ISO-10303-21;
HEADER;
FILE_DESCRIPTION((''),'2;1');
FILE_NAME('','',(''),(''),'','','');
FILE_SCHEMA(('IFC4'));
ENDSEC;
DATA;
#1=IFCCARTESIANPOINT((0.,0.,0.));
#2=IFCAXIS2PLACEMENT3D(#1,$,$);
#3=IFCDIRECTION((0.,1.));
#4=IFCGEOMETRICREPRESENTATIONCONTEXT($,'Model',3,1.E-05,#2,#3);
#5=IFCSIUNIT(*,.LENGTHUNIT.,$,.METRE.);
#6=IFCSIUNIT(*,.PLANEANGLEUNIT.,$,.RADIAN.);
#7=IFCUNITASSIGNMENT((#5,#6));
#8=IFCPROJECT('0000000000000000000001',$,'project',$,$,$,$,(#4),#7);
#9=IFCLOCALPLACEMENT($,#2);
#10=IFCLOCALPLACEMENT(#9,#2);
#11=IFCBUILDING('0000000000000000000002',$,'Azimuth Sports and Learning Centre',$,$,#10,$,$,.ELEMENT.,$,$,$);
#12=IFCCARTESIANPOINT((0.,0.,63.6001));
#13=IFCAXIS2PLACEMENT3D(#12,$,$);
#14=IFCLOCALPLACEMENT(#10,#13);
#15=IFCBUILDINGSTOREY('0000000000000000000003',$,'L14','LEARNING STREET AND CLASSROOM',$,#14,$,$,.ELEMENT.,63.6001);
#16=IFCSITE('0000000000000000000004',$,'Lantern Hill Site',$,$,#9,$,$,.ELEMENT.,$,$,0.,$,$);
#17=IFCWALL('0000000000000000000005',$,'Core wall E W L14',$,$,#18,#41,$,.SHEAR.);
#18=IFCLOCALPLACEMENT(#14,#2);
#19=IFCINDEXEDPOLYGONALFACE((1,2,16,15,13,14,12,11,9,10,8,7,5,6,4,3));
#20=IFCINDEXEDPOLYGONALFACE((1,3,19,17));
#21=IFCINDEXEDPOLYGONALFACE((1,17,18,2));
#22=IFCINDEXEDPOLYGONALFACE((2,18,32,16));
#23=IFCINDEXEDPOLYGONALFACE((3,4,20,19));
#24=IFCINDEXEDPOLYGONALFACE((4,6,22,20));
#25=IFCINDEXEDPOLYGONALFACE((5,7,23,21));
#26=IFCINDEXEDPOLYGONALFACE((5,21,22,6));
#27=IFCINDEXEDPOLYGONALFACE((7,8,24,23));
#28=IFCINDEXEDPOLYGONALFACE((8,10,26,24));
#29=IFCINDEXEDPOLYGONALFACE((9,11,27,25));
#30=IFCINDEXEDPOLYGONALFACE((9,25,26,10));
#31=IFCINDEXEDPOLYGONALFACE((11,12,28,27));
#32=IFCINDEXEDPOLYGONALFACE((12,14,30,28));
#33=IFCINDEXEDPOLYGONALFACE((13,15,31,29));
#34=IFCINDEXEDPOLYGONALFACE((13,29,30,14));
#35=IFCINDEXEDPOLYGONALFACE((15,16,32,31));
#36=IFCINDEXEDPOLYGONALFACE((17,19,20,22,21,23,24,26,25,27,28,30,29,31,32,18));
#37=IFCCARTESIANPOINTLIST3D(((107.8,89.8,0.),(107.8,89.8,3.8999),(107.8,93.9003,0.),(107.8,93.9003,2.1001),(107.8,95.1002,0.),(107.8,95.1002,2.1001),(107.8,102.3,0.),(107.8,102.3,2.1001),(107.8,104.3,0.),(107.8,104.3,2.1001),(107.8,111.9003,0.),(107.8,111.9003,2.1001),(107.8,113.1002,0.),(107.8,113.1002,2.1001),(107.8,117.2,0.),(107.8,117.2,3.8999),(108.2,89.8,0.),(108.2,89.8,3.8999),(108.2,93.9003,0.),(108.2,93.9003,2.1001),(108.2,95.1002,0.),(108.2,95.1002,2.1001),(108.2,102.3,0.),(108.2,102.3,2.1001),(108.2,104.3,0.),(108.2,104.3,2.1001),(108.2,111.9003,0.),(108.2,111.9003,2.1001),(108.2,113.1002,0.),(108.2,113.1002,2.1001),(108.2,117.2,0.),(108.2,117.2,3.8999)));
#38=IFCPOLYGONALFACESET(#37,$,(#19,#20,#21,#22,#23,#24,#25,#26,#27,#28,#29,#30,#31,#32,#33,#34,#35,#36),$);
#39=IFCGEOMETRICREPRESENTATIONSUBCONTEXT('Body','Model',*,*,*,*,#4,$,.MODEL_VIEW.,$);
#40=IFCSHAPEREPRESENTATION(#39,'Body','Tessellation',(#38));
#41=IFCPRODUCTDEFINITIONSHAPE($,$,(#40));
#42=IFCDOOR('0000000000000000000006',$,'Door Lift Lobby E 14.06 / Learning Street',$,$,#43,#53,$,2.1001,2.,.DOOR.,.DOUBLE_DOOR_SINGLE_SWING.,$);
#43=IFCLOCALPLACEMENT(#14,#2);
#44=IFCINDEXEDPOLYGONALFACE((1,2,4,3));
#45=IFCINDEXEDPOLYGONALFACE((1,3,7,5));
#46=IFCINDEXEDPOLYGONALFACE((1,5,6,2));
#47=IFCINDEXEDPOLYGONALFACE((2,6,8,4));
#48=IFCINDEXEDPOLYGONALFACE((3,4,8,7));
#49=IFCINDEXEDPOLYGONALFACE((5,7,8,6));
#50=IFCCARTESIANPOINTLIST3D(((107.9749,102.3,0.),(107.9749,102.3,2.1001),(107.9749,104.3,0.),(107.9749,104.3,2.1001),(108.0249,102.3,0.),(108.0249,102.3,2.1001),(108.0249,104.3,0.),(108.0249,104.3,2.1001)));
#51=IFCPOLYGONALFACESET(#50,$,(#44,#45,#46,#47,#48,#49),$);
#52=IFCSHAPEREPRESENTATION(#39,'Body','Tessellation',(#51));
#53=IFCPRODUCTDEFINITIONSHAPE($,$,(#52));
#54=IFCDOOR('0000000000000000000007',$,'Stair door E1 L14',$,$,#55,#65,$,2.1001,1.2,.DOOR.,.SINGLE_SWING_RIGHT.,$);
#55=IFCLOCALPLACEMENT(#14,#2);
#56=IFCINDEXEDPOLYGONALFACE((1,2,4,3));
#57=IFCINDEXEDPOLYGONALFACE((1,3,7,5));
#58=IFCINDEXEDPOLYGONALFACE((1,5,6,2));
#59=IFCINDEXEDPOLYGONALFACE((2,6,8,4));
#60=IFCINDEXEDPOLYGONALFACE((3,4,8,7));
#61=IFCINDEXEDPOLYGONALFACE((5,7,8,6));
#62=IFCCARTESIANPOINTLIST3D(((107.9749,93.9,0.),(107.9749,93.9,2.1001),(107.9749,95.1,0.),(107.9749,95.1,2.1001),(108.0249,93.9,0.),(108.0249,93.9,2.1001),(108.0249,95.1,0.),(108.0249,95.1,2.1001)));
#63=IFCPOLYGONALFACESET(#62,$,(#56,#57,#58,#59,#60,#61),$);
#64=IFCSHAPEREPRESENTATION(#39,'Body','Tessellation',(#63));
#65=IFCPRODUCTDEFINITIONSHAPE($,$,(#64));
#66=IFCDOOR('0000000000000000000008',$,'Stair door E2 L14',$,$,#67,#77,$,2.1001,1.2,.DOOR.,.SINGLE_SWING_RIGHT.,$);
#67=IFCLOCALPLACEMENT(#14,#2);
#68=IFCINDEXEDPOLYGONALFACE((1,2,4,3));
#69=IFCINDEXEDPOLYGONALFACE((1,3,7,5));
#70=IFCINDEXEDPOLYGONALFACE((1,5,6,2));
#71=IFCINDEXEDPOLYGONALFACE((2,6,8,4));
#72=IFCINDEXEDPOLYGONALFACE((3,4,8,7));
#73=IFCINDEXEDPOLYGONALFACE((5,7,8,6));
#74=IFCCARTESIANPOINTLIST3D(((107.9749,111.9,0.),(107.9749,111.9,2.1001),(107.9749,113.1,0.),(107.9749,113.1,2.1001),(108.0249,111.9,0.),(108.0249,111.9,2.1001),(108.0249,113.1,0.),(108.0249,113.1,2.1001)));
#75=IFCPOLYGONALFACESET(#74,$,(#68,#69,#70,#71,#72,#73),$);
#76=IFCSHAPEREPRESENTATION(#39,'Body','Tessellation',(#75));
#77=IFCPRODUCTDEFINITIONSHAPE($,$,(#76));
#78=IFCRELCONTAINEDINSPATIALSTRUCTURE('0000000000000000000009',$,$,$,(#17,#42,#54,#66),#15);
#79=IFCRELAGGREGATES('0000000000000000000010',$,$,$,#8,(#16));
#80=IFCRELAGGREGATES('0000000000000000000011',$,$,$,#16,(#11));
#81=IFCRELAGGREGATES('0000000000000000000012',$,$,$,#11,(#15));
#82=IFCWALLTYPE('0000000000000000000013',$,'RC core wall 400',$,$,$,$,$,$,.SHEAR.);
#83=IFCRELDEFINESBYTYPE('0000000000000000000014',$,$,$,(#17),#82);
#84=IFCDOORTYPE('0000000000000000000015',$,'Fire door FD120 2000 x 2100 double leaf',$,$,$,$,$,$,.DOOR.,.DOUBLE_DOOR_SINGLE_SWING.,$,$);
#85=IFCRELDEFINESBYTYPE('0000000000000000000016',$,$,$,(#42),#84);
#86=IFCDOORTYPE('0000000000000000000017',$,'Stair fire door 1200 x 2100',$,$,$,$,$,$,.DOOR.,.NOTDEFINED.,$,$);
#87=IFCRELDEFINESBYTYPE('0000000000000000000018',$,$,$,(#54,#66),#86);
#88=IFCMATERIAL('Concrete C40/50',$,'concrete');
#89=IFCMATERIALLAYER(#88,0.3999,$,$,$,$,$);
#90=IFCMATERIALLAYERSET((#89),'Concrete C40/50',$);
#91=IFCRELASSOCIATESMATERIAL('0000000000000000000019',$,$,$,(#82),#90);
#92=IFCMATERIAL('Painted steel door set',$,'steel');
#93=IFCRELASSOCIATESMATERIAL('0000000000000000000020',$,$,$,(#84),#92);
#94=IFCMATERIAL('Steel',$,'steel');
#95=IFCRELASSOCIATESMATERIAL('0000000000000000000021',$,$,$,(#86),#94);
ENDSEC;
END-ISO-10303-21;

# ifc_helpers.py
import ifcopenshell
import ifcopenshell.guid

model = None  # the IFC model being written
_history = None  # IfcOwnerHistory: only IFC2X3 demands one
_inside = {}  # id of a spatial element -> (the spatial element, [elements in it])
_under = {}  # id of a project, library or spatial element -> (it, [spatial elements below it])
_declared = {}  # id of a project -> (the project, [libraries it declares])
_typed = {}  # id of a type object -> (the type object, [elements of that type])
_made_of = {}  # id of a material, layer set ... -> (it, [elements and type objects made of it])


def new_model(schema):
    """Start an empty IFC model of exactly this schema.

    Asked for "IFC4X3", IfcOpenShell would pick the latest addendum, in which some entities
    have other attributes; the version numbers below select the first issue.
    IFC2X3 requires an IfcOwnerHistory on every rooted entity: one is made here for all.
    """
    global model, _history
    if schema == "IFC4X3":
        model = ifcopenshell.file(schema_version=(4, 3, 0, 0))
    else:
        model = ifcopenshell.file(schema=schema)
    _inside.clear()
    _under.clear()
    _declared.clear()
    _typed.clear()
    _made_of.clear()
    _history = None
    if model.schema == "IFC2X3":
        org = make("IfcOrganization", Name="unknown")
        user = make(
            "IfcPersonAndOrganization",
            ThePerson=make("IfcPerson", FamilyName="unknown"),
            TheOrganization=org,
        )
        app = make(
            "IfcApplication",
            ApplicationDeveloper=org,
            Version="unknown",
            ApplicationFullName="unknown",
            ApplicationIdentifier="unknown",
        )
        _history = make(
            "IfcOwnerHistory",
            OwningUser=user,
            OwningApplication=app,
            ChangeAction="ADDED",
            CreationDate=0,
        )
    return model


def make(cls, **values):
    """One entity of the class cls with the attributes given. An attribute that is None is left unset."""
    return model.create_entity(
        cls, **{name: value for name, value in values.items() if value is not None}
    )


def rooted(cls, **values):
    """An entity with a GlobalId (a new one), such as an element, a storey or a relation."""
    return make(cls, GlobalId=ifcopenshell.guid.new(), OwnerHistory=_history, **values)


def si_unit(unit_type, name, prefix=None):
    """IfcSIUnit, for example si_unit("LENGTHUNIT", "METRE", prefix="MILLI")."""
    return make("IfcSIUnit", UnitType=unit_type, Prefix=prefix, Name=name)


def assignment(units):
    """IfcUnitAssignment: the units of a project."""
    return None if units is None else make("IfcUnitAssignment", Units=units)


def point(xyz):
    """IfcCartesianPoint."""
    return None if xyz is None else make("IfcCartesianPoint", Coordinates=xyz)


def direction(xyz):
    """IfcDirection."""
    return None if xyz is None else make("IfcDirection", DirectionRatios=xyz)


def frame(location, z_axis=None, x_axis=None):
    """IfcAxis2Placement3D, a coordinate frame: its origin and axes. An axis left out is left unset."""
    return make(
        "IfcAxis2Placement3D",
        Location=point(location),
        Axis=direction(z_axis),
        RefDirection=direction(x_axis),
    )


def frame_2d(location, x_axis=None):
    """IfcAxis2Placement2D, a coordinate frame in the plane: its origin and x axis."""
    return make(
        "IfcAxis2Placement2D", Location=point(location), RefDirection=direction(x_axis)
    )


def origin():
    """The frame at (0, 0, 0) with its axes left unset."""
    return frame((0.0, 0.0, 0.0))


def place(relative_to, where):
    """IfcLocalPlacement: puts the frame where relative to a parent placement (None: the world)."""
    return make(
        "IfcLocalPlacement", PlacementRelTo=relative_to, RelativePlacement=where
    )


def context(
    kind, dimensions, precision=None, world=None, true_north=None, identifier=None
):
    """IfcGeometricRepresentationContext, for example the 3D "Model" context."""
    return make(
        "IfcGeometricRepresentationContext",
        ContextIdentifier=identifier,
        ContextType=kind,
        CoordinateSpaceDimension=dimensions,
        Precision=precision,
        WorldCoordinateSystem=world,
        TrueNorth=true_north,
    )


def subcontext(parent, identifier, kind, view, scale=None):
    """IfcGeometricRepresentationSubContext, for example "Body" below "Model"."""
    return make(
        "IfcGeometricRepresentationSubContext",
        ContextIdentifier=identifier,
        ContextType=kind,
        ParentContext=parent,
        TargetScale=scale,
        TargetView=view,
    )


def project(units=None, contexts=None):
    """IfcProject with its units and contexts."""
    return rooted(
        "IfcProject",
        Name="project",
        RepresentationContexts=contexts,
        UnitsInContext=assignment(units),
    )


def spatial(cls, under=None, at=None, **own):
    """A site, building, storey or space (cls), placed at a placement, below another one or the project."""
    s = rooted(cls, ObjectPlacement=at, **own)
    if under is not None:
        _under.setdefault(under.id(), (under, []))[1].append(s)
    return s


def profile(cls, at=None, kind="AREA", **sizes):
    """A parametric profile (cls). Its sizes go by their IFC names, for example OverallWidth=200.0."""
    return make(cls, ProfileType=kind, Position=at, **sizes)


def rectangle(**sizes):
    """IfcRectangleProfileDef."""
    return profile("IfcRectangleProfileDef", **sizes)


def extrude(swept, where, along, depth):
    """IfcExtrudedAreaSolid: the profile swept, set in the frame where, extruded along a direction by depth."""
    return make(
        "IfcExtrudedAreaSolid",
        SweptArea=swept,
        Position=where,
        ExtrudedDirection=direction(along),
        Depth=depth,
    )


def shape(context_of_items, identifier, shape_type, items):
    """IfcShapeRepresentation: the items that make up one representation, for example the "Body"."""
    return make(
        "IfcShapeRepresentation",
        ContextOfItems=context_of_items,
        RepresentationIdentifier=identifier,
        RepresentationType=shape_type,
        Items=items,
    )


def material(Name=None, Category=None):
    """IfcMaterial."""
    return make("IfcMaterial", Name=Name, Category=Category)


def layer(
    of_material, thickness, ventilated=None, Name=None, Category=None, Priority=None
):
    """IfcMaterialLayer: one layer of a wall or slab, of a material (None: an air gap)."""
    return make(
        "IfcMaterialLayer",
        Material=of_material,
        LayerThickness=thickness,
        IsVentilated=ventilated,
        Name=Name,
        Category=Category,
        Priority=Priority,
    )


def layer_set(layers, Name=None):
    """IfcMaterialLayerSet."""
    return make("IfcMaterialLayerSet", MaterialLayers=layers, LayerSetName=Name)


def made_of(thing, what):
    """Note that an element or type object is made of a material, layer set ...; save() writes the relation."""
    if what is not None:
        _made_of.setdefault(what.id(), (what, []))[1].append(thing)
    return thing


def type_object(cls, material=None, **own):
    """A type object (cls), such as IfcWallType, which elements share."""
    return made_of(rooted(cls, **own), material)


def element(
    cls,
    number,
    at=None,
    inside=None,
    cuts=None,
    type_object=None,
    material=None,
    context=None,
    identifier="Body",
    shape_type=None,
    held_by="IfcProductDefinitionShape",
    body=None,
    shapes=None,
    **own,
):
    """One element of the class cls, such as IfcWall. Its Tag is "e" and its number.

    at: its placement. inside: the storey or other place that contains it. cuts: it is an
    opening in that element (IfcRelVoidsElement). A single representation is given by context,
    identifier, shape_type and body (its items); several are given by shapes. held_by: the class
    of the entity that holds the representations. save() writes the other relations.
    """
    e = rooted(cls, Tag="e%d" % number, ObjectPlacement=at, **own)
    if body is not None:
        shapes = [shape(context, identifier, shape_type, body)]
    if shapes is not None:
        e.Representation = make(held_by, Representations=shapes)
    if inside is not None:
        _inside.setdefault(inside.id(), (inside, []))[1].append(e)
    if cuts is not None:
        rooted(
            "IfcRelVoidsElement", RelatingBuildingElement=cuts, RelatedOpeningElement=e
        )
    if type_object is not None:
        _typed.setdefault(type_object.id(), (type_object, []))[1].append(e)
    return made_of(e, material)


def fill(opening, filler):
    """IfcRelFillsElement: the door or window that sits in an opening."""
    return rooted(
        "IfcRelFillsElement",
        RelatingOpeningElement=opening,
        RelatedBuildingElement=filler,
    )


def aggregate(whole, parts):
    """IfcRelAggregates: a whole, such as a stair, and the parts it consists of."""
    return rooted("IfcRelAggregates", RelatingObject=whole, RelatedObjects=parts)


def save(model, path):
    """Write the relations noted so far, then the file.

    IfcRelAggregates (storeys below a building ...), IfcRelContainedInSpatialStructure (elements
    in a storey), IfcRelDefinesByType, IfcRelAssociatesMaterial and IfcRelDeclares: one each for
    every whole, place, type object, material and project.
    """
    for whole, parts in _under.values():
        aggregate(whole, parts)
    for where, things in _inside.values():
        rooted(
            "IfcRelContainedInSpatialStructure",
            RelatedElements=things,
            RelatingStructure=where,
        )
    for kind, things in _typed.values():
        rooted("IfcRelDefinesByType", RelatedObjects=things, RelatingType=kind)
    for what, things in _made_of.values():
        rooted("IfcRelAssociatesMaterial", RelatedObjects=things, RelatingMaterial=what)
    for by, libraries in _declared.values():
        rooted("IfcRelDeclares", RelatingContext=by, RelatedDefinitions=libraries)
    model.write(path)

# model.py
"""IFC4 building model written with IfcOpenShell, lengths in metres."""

from ifc_helpers import new_model, si_unit, direction, frame, frame_2d, origin, place, context, subcontext, project, spatial, rectangle, extrude, material, layer, layer_set, type_object, element, fill, save


model = new_model("IFC4")

# Units and contexts
model_context = context("Model", 3, precision=1e-05, world=origin(), true_north=direction((0.0, 1.0)))
body_context = subcontext(model_context, "Body", "Model", "MODEL_VIEW")
ifc_project = project(units=[si_unit("LENGTHUNIT", "METRE"), si_unit("PLANEANGLEUNIT", "RADIAN")], contexts=[model_context])

# Site, building, storey
site_placement = place(None, origin())
site = spatial("IfcSite", under=ifc_project, at=site_placement, Name="Lantern Hill Site", CompositionType="ELEMENT", RefElevation=0.0)
building_placement = place(site_placement, origin())
building = spatial("IfcBuilding", under=site, at=building_placement, Name="Azimuth Sports and Learning Centre", CompositionType="ELEMENT")
storey_placement = place(building_placement, frame((0.0, 0.0, 63.6001)))
storey = spatial("IfcBuildingStorey", under=building, at=storey_placement, Name="L14", Description="LEARNING STREET AND CLASSROOM", CompositionType="ELEMENT", Elevation=63.6001)

# Wall, openings, doors
ifc_material_1 = material(Name="Concrete C40/50", Category="concrete")
ifc_layer_1 = layer(ifc_material_1, 0.3999)
ifc_layer_set_1 = layer_set([ifc_layer_1], Name="Concrete C40/50")
wall_type_1 = type_object("IfcWallType", Name="RC core wall 400", PredefinedType="SHEAR", material=ifc_layer_set_1)
wall_1_placement = place(storey_placement, frame((108.0, 89.8, 0.0), z_axis=(0.0, 0.0, 1.0), x_axis=(0.0, 1.0, 0.0)))
wall_1 = element("IfcWall", 1, at=wall_1_placement, inside=storey, type_object=wall_type_1, Name="Core wall E W L14", PredefinedType="SHEAR", context=body_context, shape_type="SweptSolid", body=[
    extrude(rectangle(XDim=27.3999, YDim=0.3999, at=frame_2d((13.7, 0.0))), origin(), (0.0, 0.0, 1.0), 3.8999),
])
opening_1_placement = place(wall_1_placement, frame((4.1001, 0.0, 0.0)))
opening_1 = element("IfcOpeningElement", 2, at=opening_1_placement, cuts=wall_1, PredefinedType="OPENING", context=body_context, shape_type="SweptSolid", body=[
    extrude(rectangle(XDim=1.2, YDim=2.1001, at=frame_2d((0.6001, 1.05))), frame((0.0, 0.2109, 0.0), z_axis=(0.0, -1.0, 0.0), x_axis=(1.0, 0.0, 0.0)), (0.0, 0.0, 1.0), 0.4219),
])
opening_2_placement = place(wall_1_placement, frame((22.1001, 0.0, 0.0)))
opening_2 = element("IfcOpeningElement", 3, at=opening_2_placement, cuts=wall_1, PredefinedType="OPENING", context=body_context, shape_type="SweptSolid", body=[
    extrude(rectangle(XDim=1.2, YDim=2.1001, at=frame_2d((0.6001, 1.05))), frame((0.0, 0.2109, 0.0), z_axis=(0.0, -1.0, 0.0), x_axis=(1.0, 0.0, 0.0)), (0.0, 0.0, 1.0), 0.4219),
])
opening_3_placement = place(wall_1_placement, frame((12.5, 0.0, 0.0)))
opening_3 = element("IfcOpeningElement", 4, at=opening_3_placement, cuts=wall_1, PredefinedType="OPENING", context=body_context, shape_type="SweptSolid", body=[
    extrude(rectangle(XDim=2.0, YDim=2.1001, at=frame_2d((1.0, 1.05))), frame((0.0, 0.2109, 0.0), z_axis=(0.0, -1.0, 0.0), x_axis=(1.0, 0.0, 0.0)), (0.0, 0.0, 1.0), 0.4219),
])
ifc_material_2 = material(Name="Painted steel door set", Category="steel")
door_type_1 = type_object("IfcDoorType", Name="Fire door FD120 2000 x 2100 double leaf", OperationType="DOUBLE_DOOR_SINGLE_SWING", PredefinedType="DOOR", material=ifc_material_2)
door_1_placement = place(opening_3_placement, frame((2.0, 0.0, 0.0), z_axis=(0.0, 0.0, 1.0), x_axis=(-1.0, 0.0, 0.0)))
door_1 = element("IfcDoor", 5, at=door_1_placement, inside=storey, type_object=door_type_1, Name="Door Lift Lobby E 14.06 / Learning Street", OperationType="DOUBLE_DOOR_SINGLE_SWING", OverallHeight=2.1001, OverallWidth=2.0, PredefinedType="DOOR", context=body_context, shape_type="SweptSolid", body=[
    extrude(rectangle(XDim=2.0, YDim=2.1001, at=frame_2d((1.0, 1.05))), frame((0.0, 0.0249, 0.0), z_axis=(0.0, -1.0, 0.0), x_axis=(1.0, 0.0, 0.0)), (0.0, 0.0, 1.0), 0.05),
])
fill(opening_3, door_1)
ifc_material_3 = material(Name="Steel", Category="steel")
door_type_2 = type_object("IfcDoorType", Name="Stair fire door 1200 x 2100", OperationType="NOTDEFINED", PredefinedType="DOOR", material=ifc_material_3)
door_2_placement = place(opening_1_placement, frame((1.2, 0.0, 0.0), z_axis=(0.0, 0.0, 1.0), x_axis=(-1.0, 0.0, 0.0)))
door_2 = element("IfcDoor", 6, at=door_2_placement, inside=storey, type_object=door_type_2, Name="Stair door E1 L14", OperationType="SINGLE_SWING_RIGHT", OverallHeight=2.1001, OverallWidth=1.2, PredefinedType="DOOR", context=body_context, shape_type="SweptSolid", body=[
    extrude(rectangle(XDim=1.2, YDim=2.1001, at=frame_2d((0.6001, 1.05))), frame((0.0, 0.0249, 0.0), z_axis=(0.0, -1.0, 0.0), x_axis=(1.0, 0.0, 0.0)), (0.0, 0.0, 1.0), 0.05),
])
fill(opening_1, door_2)
door_3_placement = place(opening_2_placement, frame((1.2, 0.0, 0.0), z_axis=(0.0, 0.0, 1.0), x_axis=(-1.0, 0.0, 0.0)))
door_3 = element("IfcDoor", 7, at=door_3_placement, inside=storey, type_object=door_type_2, Name="Stair door E2 L14", OperationType="SINGLE_SWING_RIGHT", OverallHeight=2.1001, OverallWidth=1.2, PredefinedType="DOOR", context=body_context, shape_type="SweptSolid", body=[
    extrude(rectangle(XDim=1.2, YDim=2.1001, at=frame_2d((0.6001, 1.05))), frame((0.0, 0.0249, 0.0), z_axis=(0.0, -1.0, 0.0), x_axis=(1.0, 0.0, 0.0)), (0.0, 0.0, 1.0), 0.05),
])
fill(opening_2, door_3)

save(model, "model.ifc")
